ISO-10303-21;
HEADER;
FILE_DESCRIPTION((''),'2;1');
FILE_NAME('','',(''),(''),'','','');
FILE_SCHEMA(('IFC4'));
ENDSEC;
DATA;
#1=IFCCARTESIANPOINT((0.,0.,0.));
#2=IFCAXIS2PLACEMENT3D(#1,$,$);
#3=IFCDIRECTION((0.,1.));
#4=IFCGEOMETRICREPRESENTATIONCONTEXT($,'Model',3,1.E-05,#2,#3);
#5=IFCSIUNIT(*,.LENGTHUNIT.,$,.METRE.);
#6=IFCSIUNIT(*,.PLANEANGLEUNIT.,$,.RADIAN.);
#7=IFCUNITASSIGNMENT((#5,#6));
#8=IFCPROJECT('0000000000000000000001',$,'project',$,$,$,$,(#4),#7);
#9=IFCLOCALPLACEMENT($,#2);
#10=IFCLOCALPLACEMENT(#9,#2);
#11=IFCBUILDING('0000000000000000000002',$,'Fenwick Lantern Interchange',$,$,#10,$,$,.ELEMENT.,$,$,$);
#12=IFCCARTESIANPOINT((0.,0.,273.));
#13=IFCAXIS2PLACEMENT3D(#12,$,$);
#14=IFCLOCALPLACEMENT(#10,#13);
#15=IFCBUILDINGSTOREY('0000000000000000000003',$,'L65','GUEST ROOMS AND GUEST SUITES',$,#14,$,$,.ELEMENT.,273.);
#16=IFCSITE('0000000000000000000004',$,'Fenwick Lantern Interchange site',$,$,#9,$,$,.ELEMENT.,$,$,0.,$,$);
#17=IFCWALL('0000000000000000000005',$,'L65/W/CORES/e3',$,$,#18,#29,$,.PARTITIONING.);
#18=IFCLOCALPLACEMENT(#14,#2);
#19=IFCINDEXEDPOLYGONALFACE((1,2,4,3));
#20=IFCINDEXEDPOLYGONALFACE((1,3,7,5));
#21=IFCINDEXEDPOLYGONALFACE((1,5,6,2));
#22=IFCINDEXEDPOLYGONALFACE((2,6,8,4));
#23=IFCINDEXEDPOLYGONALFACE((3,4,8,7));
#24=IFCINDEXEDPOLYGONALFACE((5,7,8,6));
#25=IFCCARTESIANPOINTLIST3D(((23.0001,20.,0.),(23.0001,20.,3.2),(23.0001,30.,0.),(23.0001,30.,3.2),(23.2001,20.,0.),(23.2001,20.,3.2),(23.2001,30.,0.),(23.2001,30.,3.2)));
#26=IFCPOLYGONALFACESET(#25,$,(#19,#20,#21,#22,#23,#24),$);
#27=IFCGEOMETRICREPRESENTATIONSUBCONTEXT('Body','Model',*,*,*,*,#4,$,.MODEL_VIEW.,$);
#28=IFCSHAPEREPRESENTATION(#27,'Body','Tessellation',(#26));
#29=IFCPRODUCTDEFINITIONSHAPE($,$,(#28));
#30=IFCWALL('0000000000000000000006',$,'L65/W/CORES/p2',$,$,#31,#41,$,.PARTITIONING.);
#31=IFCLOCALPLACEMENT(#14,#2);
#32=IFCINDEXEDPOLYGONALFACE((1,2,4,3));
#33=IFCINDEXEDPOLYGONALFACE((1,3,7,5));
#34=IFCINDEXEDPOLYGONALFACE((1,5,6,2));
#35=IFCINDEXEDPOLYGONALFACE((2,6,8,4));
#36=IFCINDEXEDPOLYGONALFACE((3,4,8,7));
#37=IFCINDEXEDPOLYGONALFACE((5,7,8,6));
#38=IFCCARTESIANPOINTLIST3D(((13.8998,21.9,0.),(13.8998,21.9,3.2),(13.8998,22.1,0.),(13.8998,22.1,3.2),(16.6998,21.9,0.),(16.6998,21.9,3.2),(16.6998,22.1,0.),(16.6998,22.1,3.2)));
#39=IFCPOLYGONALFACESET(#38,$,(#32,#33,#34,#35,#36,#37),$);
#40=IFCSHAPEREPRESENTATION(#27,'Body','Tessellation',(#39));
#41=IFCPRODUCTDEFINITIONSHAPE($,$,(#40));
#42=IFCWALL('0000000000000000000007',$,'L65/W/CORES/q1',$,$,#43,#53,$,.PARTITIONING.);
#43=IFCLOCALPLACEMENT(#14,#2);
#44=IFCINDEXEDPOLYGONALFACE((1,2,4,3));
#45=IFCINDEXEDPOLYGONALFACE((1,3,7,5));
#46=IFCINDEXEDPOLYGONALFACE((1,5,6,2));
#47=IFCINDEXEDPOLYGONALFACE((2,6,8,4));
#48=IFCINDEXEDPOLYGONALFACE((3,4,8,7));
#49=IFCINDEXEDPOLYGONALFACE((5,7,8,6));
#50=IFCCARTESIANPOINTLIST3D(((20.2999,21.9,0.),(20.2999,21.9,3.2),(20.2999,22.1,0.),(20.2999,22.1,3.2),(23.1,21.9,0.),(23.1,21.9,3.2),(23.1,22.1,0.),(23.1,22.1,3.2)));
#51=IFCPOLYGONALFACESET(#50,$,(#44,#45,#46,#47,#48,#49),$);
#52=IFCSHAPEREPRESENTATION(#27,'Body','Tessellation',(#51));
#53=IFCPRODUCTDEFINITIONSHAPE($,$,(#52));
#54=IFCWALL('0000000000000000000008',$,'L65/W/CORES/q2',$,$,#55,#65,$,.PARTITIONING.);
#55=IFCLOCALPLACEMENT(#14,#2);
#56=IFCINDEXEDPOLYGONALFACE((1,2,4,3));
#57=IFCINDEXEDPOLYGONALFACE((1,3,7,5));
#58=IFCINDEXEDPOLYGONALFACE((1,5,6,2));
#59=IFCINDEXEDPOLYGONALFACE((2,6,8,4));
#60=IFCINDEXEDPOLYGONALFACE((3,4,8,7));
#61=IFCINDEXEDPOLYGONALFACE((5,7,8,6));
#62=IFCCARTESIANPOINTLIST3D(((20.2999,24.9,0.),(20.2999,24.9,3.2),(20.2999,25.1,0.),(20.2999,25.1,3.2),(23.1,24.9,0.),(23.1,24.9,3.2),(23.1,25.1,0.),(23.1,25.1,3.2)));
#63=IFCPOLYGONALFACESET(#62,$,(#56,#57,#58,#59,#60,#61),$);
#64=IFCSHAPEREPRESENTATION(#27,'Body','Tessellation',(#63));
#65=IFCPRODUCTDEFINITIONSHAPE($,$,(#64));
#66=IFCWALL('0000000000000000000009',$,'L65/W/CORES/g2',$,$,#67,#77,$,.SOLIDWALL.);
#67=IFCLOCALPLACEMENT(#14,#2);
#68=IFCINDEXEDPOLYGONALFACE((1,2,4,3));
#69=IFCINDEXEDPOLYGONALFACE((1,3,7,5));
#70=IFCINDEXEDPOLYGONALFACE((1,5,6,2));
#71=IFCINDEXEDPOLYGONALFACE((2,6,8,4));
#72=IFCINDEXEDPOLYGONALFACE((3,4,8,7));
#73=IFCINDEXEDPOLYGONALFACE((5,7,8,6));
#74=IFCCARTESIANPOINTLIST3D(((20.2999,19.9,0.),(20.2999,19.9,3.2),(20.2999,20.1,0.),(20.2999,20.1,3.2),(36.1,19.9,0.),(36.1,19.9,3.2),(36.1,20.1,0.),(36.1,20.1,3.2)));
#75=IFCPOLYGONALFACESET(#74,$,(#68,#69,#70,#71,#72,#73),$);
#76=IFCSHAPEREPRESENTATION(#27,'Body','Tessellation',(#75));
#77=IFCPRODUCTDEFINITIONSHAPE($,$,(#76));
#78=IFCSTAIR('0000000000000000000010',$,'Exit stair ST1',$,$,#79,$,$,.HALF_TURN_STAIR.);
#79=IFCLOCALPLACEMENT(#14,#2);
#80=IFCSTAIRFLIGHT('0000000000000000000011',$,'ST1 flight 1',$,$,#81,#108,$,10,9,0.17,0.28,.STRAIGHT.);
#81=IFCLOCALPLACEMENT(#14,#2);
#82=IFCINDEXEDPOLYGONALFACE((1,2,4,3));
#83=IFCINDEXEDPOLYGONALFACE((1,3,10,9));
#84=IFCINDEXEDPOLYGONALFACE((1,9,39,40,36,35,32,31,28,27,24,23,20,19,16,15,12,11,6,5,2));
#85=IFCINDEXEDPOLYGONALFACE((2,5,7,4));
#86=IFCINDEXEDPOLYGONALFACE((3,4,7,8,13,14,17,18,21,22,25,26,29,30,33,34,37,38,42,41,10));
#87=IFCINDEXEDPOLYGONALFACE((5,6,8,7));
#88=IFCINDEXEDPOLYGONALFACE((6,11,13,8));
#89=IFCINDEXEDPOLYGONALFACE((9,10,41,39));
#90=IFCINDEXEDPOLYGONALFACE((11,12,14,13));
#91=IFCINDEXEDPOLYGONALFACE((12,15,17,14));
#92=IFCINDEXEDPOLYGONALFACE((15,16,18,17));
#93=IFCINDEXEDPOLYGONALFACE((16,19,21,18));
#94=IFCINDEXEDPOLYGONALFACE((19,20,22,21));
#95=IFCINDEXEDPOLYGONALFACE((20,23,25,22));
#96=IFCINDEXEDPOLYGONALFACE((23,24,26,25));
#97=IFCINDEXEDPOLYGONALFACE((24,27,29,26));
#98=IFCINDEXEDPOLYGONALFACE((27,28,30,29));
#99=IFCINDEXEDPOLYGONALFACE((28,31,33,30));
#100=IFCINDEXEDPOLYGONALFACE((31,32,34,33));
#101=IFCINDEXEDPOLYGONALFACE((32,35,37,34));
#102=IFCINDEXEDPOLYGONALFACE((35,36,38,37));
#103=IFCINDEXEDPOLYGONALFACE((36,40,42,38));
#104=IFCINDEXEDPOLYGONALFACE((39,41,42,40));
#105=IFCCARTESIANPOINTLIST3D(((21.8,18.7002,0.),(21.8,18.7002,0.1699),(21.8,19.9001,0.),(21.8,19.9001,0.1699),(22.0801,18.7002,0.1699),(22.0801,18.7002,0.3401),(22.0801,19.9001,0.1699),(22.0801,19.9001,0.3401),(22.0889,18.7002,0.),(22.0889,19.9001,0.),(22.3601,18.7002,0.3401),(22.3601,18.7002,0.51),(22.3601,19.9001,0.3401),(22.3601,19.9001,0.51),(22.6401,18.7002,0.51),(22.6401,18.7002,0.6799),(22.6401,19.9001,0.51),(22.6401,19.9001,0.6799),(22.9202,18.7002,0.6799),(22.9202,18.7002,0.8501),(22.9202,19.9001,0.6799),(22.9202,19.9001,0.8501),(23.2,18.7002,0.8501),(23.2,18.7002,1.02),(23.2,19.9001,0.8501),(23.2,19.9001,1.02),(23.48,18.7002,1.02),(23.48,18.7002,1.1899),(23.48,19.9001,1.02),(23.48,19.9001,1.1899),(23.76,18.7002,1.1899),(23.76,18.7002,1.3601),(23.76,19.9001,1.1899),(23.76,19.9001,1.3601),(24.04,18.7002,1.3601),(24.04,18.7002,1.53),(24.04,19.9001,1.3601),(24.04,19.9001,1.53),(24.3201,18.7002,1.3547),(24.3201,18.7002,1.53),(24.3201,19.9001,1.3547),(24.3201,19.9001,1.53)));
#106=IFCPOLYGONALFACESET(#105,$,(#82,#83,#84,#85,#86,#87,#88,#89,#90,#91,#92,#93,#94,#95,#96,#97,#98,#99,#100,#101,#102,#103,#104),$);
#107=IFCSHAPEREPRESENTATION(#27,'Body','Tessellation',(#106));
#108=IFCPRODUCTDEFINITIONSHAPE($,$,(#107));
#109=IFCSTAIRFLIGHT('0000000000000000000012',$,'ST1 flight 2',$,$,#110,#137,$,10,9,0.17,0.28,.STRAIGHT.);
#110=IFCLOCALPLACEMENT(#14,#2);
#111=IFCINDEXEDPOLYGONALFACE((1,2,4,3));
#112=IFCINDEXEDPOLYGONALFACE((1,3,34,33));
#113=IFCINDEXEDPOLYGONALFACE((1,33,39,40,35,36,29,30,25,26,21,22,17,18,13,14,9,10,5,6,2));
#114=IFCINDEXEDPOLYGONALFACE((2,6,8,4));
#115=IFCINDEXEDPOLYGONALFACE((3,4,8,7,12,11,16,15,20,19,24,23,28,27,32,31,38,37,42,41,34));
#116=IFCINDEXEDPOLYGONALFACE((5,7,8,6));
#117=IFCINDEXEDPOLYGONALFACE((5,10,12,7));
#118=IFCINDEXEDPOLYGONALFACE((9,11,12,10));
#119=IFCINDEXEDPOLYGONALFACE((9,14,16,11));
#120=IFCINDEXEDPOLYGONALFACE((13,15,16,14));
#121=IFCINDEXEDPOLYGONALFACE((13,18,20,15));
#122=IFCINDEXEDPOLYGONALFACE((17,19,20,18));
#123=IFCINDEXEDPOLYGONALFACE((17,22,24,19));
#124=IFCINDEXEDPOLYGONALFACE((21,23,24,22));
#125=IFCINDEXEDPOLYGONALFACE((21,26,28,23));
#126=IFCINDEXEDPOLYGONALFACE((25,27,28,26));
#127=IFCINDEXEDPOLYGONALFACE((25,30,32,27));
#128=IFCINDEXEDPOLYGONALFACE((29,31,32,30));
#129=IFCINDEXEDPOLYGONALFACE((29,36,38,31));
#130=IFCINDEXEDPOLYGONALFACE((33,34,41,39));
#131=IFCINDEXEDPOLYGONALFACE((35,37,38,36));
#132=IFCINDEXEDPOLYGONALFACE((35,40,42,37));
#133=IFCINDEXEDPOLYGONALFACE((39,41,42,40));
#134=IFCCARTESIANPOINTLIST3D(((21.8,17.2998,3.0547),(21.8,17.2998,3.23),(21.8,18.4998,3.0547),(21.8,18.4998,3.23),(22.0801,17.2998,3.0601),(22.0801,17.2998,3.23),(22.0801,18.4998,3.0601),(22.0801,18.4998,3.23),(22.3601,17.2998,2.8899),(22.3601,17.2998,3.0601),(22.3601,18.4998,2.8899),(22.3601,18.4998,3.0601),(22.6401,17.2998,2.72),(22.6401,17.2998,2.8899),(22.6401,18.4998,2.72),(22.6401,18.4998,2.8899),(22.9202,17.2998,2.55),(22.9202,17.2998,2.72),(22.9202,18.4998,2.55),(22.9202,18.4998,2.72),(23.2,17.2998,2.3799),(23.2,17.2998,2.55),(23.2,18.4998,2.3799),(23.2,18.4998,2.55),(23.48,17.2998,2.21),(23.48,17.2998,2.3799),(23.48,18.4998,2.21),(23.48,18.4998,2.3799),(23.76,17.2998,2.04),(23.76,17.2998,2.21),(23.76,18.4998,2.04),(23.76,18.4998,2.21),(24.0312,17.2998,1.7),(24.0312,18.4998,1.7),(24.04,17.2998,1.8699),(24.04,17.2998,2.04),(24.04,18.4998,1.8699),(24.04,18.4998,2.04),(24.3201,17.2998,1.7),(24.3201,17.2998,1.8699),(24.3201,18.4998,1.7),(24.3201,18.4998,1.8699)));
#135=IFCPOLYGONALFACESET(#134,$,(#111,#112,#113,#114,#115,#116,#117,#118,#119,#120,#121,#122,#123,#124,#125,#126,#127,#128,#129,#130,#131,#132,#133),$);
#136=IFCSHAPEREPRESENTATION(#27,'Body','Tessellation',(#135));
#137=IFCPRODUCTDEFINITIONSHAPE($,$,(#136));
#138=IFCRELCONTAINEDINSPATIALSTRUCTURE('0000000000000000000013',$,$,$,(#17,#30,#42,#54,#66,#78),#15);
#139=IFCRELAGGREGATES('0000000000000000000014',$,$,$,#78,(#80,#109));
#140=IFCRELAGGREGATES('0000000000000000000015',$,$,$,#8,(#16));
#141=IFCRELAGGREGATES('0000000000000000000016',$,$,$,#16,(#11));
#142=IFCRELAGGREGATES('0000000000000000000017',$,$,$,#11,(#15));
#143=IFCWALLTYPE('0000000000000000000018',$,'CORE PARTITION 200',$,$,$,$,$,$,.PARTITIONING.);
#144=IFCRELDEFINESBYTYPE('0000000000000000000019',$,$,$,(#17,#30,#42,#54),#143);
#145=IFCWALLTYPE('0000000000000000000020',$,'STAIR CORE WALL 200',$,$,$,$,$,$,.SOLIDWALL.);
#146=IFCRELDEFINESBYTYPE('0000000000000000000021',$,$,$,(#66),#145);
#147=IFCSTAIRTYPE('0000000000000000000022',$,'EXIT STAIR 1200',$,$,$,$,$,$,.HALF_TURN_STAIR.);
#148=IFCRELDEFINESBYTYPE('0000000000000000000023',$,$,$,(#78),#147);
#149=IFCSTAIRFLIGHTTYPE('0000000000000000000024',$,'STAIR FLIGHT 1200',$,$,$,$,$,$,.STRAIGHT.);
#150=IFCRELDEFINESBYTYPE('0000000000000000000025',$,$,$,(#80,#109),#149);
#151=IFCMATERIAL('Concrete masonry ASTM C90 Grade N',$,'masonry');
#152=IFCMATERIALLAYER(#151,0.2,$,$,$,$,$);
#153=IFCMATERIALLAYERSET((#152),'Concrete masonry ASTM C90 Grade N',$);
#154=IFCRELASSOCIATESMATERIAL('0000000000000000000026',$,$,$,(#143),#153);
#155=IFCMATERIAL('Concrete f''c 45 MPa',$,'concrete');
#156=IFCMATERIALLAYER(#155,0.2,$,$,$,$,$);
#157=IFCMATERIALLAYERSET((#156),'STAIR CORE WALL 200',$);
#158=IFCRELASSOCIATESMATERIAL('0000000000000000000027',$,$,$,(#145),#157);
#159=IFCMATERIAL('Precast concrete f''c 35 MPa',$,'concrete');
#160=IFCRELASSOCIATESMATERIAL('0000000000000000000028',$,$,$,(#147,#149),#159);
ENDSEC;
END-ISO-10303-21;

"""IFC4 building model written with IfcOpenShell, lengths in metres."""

from ifc_helpers import new_model, si_unit, direction, frame, frame_2d, origin, place, context, subcontext, project, spatial, polyline, rectangle, outline, extrude, material, layer, layer_set, type_object, element, aggregate, save


model = new_model("IFC4")

# Units and contexts
model_context = context("Model", 3, precision=1e-05, world=origin(), true_north=direction((0.0, 1.0)))
body_context = subcontext(model_context, "Body", "Model", "MODEL_VIEW")
ifc_project = project(units=[si_unit("LENGTHUNIT", "METRE"), si_unit("PLANEANGLEUNIT", "RADIAN")], contexts=[model_context])

# Site, building, storey
site_placement = place(None, origin())
site = spatial("IfcSite", under=ifc_project, at=site_placement, Name="Fenwick Lantern Interchange site", CompositionType="ELEMENT", RefElevation=0.0)
building_placement = place(site_placement, origin())
building = spatial("IfcBuilding", under=site, at=building_placement, Name="Fenwick Lantern Interchange", CompositionType="ELEMENT")
storey_placement = place(building_placement, frame((0.0, 0.0, 273.0)))
storey = spatial("IfcBuildingStorey", under=building, at=storey_placement, Name="L65", Description="GUEST ROOMS AND GUEST SUITES", CompositionType="ELEMENT", Elevation=273.0)

# Walls
ifc_material_1 = material(Name="Concrete masonry ASTM C90 Grade N", Category="masonry")
ifc_layer_1 = layer(ifc_material_1, 0.2)
ifc_layer_set_1 = layer_set([ifc_layer_1], Name="Concrete masonry ASTM C90 Grade N")
wall_type_1 = type_object("IfcWallType", Name="CORE PARTITION 200", PredefinedType="PARTITIONING", material=ifc_layer_set_1)
wall_1_placement = place(storey_placement, frame((23.1001, 20.0, 0.0), z_axis=(0.0, 0.0, 1.0), x_axis=(0.0, 1.0, 0.0)))
element("IfcWall", 1, at=wall_1_placement, inside=storey, type_object=wall_type_1, Name="L65/W/CORES/e3", PredefinedType="PARTITIONING", context=body_context, shape_type="SweptSolid", body=[
    extrude(rectangle(XDim=10.0, YDim=0.2, at=frame_2d((5.0, 0.0))), origin(), (0.0, 0.0, 1.0), 3.2),
])
for number, where, z_axis, x_axis, name in (
    (2, (13.8999, 22.0, 0.0), (0.0, 0.0, 1.0), (1.0, 0.0, 0.0), "L65/W/CORES/p2"),
    (3, (20.3, 22.0, 0.0), (0.0, 0.0, 1.0), (1.0, 0.0, 0.0), "L65/W/CORES/q1"),
    (4, (20.3, 25.0, 0.0), (0.0, 0.0, 1.0), (1.0, 0.0, 0.0), "L65/W/CORES/q2"),
):
    element("IfcWall", number, at=place(storey_placement, frame(where, z_axis=z_axis, x_axis=x_axis)), inside=storey, type_object=wall_type_1, Name=name, PredefinedType="PARTITIONING", context=body_context, shape_type="SweptSolid", body=[
        extrude(rectangle(XDim=2.8, YDim=0.2, at=frame_2d((1.3999, 0.0))), origin(), (0.0, 0.0, 1.0), 3.2),
    ])
ifc_material_2 = material(Name="Concrete f'c 45 MPa", Category="concrete")
ifc_layer_2 = layer(ifc_material_2, 0.2)
ifc_layer_set_2 = layer_set([ifc_layer_2], Name="STAIR CORE WALL 200")
wall_type_2 = type_object("IfcWallType", Name="STAIR CORE WALL 200", PredefinedType="SOLIDWALL", material=ifc_layer_set_2)
wall_2_placement = place(storey_placement, frame((20.3, 20.0, 0.0), z_axis=(0.0, 0.0, 1.0), x_axis=(1.0, 0.0, 0.0)))
element("IfcWall", 5, at=wall_2_placement, inside=storey, type_object=wall_type_2, Name="L65/W/CORES/g2", PredefinedType="SOLIDWALL", context=body_context, shape_type="SweptSolid", body=[
    extrude(rectangle(XDim=15.8, YDim=0.2, at=frame_2d((7.8999, 0.0))), origin(), (0.0, 0.0, 1.0), 3.2),
])

# Stair, stair flights
ifc_material_3 = material(Name="Precast concrete f'c 35 MPa", Category="concrete")
stair_type = type_object("IfcStairType", Name="EXIT STAIR 1200", PredefinedType="HALF_TURN_STAIR", material=ifc_material_3)
stair_placement = place(storey_placement, origin())
stair = element("IfcStair", 6, at=stair_placement, inside=storey, type_object=stair_type, Name="Exit stair ST1", PredefinedType="HALF_TURN_STAIR")
stair_flight_type = type_object("IfcStairFlightType", Name="STAIR FLIGHT 1200", PredefinedType="STRAIGHT", material=ifc_material_3)
stair_flight_1_placement = place(storey_placement, frame((21.8, 19.3, 0.0), z_axis=(0.0, 0.0, 1.0), x_axis=(1.0, 0.0, 0.0)))
stair_flight_1 = element("IfcStairFlight", 7, at=stair_flight_1_placement, type_object=stair_flight_type, Name="ST1 flight 1", NumberOfRisers=10, NumberOfTreads=9, PredefinedType="STRAIGHT", RiserHeight=0.17, TreadLength=0.28, context=body_context, shape_type="SweptSolid", body=[
    extrude(outline(polyline([(0.0, 0.0), (0.0, 0.1699), (0.28, 0.1699), (0.28, 0.3401), (0.5601, 0.3401), (0.5601, 0.51), (0.8401, 0.51), (0.8401, 0.6799), (1.1201, 0.6799), (1.1201, 0.8501), (1.3999, 0.8501), (1.3999, 1.02), (1.6799, 1.02), (1.6799, 1.1899), (1.96, 1.1899), (1.96, 1.3601), (2.24, 1.3601), (2.24, 1.53), (2.52, 1.53), (2.52, 1.7), (2.52, 1.3547), (0.2888, 0.0), (0.0, 0.0)])), frame((0.0, 0.6001, 0.0), z_axis=(0.0, -1.0, 0.0), x_axis=(1.0, 0.0, 0.0)), (0.0, 0.0, 1.0), 1.2),
])
stair_flight_2_placement = place(storey_placement, frame((24.3201, 17.8999, 1.7), z_axis=(0.0, 0.0, 1.0), x_axis=(-1.0, 0.0, 0.0)))
stair_flight_2 = element("IfcStairFlight", 8, at=stair_flight_2_placement, type_object=stair_flight_type, Name="ST1 flight 2", NumberOfRisers=10, NumberOfTreads=9, PredefinedType="STRAIGHT", RiserHeight=0.17, TreadLength=0.28, context=body_context, shape_type="SweptSolid", body=[
    extrude(outline(polyline([(0.0, 0.0), (0.0, 0.1699), (0.28, 0.1699), (0.28, 0.3401), (0.5601, 0.3401), (0.5601, 0.51), (0.8401, 0.51), (0.8401, 0.6799), (1.1201, 0.6799), (1.1201, 0.8501), (1.3999, 0.8501), (1.3999, 1.02), (1.6799, 1.02), (1.6799, 1.1899), (1.96, 1.1899), (1.96, 1.3601), (2.24, 1.3601), (2.24, 1.53), (2.52, 1.53), (2.52, 1.7), (2.52, 1.3547), (0.2888, 0.0), (0.0, 0.0)])), frame((0.0, 0.6001, 0.0), z_axis=(0.0, -1.0, 0.0), x_axis=(1.0, 0.0, 0.0)), (0.0, 0.0, 1.0), 1.2),
])
aggregate(stair, [stair_flight_1, stair_flight_2])

save(model, "model.ifc")
